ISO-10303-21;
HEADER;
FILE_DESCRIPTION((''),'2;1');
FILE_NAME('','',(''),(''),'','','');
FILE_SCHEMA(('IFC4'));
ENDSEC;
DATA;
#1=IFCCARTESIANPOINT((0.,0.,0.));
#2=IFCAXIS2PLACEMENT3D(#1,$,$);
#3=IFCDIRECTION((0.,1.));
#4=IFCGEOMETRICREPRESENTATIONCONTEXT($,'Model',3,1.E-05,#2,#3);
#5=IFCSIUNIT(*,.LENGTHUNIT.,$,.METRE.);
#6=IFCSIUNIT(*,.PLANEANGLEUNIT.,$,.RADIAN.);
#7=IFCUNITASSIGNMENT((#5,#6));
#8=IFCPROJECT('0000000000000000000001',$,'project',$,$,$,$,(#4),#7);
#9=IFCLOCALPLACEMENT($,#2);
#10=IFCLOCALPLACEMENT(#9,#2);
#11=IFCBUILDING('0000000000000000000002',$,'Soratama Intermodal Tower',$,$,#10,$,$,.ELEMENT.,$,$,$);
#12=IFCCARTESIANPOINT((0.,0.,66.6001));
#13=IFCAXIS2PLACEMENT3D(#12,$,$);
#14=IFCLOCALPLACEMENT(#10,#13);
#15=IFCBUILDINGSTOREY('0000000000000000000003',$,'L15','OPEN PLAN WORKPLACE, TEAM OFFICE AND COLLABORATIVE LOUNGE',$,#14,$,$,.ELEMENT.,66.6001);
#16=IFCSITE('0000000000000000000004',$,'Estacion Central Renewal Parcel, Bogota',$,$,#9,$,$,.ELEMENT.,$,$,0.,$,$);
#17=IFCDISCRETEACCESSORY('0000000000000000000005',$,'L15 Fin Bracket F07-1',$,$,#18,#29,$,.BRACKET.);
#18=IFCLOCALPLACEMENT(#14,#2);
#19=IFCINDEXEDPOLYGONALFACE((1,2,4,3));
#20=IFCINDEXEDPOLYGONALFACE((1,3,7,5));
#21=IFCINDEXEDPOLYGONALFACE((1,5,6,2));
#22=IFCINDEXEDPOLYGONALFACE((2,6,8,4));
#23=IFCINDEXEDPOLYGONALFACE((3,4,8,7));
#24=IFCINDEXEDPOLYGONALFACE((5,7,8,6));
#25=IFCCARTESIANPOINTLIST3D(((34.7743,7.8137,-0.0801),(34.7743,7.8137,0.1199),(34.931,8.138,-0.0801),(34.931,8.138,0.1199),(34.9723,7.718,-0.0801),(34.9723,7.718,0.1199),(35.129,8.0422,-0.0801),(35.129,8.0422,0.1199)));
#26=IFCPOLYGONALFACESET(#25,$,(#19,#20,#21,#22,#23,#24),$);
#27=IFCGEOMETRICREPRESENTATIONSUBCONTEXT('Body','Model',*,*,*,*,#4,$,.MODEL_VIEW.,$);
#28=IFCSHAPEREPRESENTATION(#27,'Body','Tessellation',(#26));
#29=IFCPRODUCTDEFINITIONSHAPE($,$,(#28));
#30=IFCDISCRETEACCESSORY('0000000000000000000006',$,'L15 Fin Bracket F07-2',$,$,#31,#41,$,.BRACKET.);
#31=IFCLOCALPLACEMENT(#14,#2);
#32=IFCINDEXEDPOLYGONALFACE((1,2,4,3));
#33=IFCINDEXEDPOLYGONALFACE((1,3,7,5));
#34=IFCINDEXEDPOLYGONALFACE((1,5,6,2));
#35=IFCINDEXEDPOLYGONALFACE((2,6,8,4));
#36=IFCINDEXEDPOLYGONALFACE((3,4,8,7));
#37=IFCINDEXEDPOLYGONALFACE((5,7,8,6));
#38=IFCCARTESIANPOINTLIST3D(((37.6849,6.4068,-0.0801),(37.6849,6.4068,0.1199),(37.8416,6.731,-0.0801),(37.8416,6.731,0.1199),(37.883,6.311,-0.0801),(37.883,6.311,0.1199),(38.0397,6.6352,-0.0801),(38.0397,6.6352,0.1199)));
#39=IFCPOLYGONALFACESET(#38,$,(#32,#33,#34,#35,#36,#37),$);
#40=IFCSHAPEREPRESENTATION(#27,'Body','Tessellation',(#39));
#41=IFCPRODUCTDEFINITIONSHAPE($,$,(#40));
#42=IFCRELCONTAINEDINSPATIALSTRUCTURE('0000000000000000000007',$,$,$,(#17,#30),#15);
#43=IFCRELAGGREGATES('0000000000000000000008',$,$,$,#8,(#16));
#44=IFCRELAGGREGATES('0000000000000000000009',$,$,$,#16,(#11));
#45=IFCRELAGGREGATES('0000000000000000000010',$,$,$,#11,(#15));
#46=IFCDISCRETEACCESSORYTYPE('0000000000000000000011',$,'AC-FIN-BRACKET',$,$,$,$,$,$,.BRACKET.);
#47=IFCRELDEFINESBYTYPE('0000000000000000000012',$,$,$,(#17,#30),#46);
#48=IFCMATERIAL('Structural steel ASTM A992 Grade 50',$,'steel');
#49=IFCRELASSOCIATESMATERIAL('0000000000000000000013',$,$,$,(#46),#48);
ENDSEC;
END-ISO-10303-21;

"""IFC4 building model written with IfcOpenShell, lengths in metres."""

from ifc_helpers import new_model, si_unit, direction, frame, origin, origin_2d, place, context, subcontext, project, spatial, rectangle, extrude, material, type_object, element, save


model = new_model("IFC4")

# Units and contexts
model_context = context("Model", 3, precision=1e-05, world=origin(), true_north=direction((0.0, 1.0)))
body_context = subcontext(model_context, "Body", "Model", "MODEL_VIEW")
ifc_project = project(units=[si_unit("LENGTHUNIT", "METRE"), si_unit("PLANEANGLEUNIT", "RADIAN")], contexts=[model_context])

# Site, building, storey
site_placement = place(None, origin())
site = spatial("IfcSite", under=ifc_project, at=site_placement, Name="Estacion Central Renewal Parcel, Bogota", CompositionType="ELEMENT", RefElevation=0.0)
building_placement = place(site_placement, origin())
building = spatial("IfcBuilding", under=site, at=building_placement, Name="Soratama Intermodal Tower", CompositionType="ELEMENT")
storey_placement = place(building_placement, frame((0.0, 0.0, 66.6001)))
storey = spatial("IfcBuildingStorey", under=building, at=storey_placement, Name="L15", Description="OPEN PLAN WORKPLACE, TEAM OFFICE AND COLLABORATIVE LOUNGE", CompositionType="ELEMENT", Elevation=66.6001)

# Discrete accessories
ifc_material_1 = material(Name="Structural steel ASTM A992 Grade 50", Category="steel")
discrete_accessory_type = type_object("IfcDiscreteAccessoryType", Name="AC-FIN-BRACKET", PredefinedType="BRACKET", material=ifc_material_1)
for number, where, z_axis, x_axis, name in (
    (1, (34.9517, 7.928, -0.0801), (0.0, 0.0, 1.0), (-0.435231, -0.900319, 0.0), "L15 Fin Bracket F07-1"),
    (2, (37.8623, 6.521, -0.0801), (0.0, 0.0, 1.0), (-0.435231, -0.900319, 0.0), "L15 Fin Bracket F07-2"),
):
    element("IfcDiscreteAccessory", number, at=place(storey_placement, frame(where, z_axis=z_axis, x_axis=x_axis)), inside=storey, type_object=discrete_accessory_type, Name=name, PredefinedType="BRACKET", context=body_context, shape_type="SweptSolid", body=[
        extrude(rectangle(XDim=0.3601, YDim=0.22, at=origin_2d()), origin(), (0.0, 0.0, 1.0), 0.2),
    ])

save(model, "model.ifc")
